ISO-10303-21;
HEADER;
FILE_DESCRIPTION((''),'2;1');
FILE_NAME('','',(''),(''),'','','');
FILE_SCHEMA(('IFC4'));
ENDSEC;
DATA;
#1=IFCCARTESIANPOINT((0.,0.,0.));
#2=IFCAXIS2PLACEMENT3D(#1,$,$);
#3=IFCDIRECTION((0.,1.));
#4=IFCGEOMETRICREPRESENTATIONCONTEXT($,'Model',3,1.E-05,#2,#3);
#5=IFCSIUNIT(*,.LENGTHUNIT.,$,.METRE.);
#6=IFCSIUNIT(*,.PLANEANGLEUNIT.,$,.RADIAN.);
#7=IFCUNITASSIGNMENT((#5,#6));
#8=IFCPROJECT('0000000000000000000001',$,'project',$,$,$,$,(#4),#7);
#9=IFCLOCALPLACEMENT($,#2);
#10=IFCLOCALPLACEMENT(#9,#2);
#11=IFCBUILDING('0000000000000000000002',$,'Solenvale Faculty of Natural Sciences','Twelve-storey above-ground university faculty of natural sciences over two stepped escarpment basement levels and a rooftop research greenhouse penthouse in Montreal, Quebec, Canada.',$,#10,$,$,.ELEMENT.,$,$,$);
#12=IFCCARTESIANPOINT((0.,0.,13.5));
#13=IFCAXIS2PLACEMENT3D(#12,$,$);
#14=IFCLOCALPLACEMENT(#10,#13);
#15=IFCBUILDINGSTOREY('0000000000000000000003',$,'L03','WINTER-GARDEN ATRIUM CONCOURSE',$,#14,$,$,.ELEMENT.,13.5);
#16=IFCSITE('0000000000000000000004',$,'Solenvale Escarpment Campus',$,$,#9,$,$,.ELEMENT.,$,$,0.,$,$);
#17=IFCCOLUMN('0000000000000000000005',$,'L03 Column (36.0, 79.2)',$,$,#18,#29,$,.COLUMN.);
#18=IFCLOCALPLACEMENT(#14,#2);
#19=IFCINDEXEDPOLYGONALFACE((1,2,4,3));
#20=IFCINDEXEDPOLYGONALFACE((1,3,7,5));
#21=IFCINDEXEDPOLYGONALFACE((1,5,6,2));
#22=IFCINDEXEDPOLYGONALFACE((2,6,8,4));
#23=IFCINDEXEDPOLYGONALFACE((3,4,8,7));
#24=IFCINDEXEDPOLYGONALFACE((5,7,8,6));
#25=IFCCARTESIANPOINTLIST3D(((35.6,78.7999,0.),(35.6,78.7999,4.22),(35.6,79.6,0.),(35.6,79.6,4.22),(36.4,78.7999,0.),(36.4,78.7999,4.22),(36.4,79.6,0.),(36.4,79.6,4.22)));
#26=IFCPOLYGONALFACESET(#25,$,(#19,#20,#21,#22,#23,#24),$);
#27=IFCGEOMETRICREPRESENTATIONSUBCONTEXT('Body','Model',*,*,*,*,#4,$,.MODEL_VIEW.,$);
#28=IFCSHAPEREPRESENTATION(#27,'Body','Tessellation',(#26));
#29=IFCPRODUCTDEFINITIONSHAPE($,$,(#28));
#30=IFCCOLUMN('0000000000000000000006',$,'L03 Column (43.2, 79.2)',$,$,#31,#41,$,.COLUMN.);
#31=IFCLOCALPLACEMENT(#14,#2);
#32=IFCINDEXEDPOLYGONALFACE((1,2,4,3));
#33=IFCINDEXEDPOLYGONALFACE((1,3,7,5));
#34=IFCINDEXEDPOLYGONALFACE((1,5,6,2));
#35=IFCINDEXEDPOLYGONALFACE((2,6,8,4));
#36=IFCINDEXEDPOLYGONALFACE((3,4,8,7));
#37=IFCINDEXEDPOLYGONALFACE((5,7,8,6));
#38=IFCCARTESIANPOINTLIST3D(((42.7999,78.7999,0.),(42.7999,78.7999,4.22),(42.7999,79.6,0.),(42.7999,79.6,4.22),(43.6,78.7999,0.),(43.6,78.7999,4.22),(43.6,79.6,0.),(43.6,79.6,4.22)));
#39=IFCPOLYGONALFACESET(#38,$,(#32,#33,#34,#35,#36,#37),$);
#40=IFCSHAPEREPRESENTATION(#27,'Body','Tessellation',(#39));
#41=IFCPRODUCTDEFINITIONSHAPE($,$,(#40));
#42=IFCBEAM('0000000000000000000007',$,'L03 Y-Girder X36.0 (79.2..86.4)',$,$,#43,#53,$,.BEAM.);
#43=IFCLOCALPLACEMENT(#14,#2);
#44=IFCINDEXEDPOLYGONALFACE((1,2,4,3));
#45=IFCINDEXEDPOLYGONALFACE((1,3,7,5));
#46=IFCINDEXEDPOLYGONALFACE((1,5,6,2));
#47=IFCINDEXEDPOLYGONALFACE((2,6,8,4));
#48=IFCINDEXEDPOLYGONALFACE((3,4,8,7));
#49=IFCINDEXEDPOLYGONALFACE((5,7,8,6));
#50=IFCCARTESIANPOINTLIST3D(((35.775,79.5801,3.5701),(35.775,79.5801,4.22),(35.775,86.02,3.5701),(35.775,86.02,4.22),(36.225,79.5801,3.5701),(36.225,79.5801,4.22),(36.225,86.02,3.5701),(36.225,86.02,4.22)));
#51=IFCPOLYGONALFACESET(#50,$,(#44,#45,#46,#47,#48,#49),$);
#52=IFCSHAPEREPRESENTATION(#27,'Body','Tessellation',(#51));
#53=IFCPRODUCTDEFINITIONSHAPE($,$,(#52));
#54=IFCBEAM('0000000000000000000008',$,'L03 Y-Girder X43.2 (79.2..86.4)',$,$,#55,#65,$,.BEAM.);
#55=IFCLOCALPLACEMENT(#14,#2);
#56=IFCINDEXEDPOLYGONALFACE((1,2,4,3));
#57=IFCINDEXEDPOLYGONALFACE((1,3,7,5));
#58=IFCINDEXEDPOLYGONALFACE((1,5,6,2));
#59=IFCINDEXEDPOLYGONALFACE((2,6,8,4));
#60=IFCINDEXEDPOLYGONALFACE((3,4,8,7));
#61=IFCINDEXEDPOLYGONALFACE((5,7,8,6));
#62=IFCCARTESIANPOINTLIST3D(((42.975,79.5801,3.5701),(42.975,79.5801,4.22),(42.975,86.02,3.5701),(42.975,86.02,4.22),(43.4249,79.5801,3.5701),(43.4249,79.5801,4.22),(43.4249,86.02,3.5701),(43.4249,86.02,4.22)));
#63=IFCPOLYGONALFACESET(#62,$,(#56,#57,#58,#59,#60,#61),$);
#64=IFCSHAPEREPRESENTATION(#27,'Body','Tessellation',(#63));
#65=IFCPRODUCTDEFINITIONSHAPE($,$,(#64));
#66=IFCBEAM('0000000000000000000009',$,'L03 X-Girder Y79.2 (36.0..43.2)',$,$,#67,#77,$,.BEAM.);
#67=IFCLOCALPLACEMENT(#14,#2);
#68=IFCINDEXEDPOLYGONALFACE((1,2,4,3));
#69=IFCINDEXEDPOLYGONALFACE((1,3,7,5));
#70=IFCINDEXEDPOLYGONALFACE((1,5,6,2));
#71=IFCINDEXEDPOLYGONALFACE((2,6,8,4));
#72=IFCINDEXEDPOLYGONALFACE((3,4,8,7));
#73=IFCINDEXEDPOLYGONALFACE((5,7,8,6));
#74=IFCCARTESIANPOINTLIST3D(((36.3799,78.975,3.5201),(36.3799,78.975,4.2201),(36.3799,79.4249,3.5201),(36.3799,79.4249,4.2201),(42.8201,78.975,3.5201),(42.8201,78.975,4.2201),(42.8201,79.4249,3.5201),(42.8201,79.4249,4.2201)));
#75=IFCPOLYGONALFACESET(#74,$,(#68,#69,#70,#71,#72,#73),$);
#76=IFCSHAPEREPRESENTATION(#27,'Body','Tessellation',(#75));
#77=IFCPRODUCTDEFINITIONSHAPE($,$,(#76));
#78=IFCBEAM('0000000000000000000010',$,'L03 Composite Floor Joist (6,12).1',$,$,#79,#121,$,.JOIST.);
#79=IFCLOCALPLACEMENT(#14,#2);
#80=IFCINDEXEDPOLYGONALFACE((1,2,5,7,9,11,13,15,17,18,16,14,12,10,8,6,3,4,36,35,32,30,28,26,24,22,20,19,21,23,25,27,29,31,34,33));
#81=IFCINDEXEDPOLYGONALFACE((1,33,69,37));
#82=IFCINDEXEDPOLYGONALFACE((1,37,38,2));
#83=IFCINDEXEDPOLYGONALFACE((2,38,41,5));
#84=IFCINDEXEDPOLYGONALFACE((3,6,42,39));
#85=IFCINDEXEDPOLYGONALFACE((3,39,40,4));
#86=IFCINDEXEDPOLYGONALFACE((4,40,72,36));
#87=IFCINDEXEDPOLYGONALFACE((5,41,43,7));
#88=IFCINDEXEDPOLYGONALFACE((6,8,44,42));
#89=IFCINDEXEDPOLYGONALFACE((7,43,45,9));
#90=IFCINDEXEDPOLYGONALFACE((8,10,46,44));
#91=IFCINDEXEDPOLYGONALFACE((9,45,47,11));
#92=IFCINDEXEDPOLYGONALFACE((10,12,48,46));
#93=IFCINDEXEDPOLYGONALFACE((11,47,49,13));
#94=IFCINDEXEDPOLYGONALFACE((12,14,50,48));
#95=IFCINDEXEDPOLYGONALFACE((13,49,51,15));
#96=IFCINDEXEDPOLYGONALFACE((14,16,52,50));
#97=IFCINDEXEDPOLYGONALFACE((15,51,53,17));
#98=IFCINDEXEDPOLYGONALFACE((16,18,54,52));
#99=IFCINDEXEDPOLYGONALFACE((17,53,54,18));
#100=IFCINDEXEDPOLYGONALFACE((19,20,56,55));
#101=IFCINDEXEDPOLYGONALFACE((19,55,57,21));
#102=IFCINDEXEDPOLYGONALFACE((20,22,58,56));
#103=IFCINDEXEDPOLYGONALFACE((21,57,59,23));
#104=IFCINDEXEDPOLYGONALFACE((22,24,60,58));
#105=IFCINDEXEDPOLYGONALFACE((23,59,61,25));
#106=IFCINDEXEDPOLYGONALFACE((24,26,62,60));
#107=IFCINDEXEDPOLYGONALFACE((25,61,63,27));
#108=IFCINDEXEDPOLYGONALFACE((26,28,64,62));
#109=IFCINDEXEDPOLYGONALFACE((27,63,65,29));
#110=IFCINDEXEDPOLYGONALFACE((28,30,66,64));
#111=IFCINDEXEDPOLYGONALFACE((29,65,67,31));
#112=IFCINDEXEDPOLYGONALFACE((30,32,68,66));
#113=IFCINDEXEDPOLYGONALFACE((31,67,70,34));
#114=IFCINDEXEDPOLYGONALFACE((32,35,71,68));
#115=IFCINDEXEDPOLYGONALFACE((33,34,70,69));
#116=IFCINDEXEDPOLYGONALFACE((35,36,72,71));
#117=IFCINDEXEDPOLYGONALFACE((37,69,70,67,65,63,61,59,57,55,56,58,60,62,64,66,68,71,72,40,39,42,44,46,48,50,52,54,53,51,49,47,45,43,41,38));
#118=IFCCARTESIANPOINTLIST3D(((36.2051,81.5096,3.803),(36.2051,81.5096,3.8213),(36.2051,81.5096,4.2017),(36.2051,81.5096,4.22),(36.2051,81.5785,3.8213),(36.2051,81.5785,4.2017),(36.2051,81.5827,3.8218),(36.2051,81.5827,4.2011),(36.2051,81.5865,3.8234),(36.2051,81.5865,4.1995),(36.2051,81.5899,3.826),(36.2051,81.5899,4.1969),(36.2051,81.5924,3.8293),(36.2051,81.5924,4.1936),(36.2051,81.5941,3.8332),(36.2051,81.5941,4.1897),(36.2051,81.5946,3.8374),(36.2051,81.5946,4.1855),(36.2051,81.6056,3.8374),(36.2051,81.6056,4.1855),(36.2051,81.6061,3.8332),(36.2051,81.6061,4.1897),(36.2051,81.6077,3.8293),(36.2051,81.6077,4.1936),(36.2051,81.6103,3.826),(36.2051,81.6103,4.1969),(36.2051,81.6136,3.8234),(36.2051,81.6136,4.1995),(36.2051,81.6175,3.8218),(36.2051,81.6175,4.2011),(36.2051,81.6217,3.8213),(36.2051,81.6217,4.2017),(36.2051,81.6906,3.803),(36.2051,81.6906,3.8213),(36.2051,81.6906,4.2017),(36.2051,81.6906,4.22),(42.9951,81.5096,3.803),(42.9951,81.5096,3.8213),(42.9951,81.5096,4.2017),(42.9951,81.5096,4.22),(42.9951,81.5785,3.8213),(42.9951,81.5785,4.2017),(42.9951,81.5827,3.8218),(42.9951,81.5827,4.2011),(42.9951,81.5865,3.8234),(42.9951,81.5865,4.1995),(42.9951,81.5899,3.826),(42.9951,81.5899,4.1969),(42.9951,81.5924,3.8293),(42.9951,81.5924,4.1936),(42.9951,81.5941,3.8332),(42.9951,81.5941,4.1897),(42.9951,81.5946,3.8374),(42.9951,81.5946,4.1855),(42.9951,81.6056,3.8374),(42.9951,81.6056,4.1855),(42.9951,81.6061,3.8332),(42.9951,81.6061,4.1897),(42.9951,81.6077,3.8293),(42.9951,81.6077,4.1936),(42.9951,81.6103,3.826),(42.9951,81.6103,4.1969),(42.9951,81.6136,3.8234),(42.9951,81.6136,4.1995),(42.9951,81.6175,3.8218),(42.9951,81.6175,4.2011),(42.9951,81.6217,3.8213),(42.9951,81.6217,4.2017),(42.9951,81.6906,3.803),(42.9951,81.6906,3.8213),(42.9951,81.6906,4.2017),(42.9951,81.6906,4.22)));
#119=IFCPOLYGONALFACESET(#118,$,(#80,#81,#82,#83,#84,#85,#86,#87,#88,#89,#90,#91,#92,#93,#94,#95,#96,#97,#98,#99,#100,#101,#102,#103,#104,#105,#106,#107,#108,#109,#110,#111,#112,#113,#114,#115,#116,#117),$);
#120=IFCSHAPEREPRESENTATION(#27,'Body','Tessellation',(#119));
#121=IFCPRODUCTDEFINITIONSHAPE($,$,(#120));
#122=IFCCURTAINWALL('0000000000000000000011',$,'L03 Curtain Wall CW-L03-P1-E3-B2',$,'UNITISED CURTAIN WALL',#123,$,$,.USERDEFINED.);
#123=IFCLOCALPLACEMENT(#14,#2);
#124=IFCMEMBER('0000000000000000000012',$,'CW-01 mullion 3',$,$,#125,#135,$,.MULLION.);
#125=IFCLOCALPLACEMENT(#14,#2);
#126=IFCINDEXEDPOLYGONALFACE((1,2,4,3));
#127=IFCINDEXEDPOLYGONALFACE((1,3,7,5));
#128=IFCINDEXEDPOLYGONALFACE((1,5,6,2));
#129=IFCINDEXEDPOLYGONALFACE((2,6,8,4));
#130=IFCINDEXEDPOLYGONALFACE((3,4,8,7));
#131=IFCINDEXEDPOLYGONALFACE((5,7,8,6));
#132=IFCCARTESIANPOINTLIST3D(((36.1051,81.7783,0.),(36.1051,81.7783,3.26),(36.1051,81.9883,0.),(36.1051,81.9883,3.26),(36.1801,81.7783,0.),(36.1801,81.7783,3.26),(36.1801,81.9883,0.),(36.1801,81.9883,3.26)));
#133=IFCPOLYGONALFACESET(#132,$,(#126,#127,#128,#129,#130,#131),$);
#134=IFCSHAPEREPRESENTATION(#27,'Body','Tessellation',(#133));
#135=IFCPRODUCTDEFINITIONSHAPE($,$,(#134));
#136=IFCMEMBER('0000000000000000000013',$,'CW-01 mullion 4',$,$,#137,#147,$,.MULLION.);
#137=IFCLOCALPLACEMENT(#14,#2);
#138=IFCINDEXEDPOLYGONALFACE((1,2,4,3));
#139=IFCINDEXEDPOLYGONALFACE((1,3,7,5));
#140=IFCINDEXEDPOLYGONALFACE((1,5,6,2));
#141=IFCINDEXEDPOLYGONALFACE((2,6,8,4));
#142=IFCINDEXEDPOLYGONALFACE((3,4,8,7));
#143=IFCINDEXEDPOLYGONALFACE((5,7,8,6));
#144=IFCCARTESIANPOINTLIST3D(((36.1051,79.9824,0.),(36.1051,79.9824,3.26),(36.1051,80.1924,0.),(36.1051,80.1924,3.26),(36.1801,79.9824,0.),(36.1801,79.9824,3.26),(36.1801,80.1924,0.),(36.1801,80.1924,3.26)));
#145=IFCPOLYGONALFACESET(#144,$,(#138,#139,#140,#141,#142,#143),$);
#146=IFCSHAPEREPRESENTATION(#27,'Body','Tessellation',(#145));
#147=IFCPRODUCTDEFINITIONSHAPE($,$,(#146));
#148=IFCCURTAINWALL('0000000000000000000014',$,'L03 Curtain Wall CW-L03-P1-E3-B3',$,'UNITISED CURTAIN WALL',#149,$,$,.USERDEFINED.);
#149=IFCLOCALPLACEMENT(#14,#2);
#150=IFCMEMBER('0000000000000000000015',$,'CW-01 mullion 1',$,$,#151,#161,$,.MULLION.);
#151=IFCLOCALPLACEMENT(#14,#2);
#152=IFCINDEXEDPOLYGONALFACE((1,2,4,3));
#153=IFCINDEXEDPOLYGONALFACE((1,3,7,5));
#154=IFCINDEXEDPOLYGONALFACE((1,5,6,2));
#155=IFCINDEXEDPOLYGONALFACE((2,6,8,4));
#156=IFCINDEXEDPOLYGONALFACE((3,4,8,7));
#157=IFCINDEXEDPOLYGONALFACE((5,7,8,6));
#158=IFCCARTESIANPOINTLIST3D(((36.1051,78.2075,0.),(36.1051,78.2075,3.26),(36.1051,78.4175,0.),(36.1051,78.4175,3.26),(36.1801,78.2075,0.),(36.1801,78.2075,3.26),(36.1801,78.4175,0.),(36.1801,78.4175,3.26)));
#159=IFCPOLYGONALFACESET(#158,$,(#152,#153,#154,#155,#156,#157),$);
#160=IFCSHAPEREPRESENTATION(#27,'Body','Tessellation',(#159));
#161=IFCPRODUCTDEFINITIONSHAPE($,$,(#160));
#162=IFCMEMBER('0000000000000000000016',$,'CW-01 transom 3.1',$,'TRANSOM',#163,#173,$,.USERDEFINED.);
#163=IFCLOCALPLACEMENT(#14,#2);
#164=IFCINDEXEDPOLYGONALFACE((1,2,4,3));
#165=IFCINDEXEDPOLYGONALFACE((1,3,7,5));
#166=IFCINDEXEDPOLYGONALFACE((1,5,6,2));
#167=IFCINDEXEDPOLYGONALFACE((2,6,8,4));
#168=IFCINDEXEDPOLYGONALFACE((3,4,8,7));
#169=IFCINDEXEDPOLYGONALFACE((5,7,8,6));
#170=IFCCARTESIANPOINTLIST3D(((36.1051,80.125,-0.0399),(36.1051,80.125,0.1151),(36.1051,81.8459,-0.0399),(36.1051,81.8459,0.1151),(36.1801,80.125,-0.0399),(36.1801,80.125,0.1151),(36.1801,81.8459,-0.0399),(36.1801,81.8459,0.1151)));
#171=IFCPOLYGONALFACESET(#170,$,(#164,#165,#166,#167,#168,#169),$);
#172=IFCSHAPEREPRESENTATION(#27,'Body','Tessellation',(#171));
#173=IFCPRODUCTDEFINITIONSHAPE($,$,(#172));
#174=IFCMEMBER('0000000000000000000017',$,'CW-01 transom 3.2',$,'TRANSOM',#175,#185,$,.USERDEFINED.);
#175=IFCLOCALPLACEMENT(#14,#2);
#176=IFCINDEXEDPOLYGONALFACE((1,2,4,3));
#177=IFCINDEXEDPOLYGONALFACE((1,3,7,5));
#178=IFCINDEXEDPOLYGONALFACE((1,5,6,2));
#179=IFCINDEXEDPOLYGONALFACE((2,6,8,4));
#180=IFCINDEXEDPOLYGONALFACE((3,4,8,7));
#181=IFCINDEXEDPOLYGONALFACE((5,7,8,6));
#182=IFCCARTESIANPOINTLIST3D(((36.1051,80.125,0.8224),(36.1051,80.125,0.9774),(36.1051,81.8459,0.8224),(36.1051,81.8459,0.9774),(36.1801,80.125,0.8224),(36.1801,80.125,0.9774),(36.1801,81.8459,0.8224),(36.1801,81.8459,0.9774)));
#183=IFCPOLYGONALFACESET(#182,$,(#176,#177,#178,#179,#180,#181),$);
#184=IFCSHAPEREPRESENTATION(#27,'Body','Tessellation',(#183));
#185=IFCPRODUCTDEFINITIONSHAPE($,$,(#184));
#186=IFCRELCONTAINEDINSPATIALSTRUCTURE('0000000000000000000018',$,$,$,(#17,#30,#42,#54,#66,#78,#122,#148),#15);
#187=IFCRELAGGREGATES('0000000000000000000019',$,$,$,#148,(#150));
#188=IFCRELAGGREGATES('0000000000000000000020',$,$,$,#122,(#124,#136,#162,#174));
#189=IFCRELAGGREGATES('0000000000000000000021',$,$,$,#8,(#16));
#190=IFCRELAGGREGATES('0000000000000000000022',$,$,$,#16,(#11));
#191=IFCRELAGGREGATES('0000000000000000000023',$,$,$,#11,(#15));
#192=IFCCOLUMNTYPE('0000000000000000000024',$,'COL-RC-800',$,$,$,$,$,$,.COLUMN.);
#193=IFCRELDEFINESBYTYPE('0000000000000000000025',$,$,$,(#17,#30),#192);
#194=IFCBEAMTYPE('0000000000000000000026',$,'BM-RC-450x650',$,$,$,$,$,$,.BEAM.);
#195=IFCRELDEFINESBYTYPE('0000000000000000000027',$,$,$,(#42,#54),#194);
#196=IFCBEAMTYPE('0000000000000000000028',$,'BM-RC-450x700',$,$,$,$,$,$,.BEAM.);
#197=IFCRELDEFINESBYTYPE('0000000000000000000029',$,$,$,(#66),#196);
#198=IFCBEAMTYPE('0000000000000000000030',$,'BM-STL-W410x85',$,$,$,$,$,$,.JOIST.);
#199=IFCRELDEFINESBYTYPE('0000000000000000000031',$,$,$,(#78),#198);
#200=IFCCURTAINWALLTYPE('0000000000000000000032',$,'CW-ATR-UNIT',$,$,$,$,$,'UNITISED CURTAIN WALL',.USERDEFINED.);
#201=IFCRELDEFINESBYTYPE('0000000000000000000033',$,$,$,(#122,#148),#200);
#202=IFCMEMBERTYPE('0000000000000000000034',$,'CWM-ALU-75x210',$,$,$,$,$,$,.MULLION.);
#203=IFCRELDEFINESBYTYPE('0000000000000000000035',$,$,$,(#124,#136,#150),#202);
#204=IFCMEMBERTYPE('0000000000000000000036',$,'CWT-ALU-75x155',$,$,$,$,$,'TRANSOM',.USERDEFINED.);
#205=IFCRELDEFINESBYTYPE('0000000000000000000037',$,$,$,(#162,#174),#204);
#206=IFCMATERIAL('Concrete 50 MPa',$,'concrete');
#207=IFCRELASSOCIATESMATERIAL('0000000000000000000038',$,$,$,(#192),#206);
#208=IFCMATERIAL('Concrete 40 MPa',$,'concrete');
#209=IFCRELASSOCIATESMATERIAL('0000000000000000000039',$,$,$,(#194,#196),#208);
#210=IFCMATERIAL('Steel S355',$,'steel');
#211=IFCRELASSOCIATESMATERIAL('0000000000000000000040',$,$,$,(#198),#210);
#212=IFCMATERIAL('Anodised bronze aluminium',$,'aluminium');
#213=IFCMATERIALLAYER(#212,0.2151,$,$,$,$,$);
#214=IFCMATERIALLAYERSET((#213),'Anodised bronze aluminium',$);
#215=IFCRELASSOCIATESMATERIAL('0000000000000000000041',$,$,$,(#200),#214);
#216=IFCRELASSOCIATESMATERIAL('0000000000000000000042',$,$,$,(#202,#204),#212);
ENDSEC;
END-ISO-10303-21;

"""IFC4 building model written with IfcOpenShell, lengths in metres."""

from ifc_helpers import new_model, si_unit, direction, frame, origin, origin_2d, place, context, subcontext, project, spatial, rectangle, i_section, extrude, material, layer, layer_set, material_profile, profile_set, type_object, element, aggregate, save


model = new_model("IFC4")

# Units and contexts
model_context = context("Model", 3, precision=1e-05, world=origin(), true_north=direction((0.0, 1.0)))
body_context = subcontext(model_context, "Body", "Model", "MODEL_VIEW")
ifc_project = project(units=[si_unit("LENGTHUNIT", "METRE"), si_unit("PLANEANGLEUNIT", "RADIAN")], contexts=[model_context])

# Site, building, storey
site_placement = place(None, origin())
site = spatial("IfcSite", under=ifc_project, at=site_placement, Name="Solenvale Escarpment Campus", CompositionType="ELEMENT", RefElevation=0.0)
building_placement = place(site_placement, origin())
building = spatial("IfcBuilding", under=site, at=building_placement, Name="Solenvale Faculty of Natural Sciences", Description="Twelve-storey above-ground university faculty of natural sciences over two stepped escarpment basement levels and a rooftop research greenhouse penthouse in Montreal, Quebec, Canada.", CompositionType="ELEMENT")
storey_placement = place(building_placement, frame((0.0, 0.0, 13.5)))
storey = spatial("IfcBuildingStorey", under=building, at=storey_placement, Name="L03", Description="WINTER-GARDEN ATRIUM CONCOURSE", CompositionType="ELEMENT", Elevation=13.5)

# Columns
ifc_material_1 = material(Name="Concrete 50 MPa", Category="concrete")
ifc_material_profile_1 = material_profile(ifc_material_1, rectangle(XDim=0.8, YDim=0.8, at=origin_2d()), Name="RC-COL-800x800")
ifc_profile_set_1 = profile_set([ifc_material_profile_1], Name="Concrete 50 MPa")
column_type = type_object("IfcColumnType", Name="COL-RC-800", PredefinedType="COLUMN", material=ifc_profile_set_1)
for number, where, z_axis, x_axis, name in (
    (1, (36.0, 79.2, 0.0), (0.0, 0.0, 1.0), (1.0, 0.0, 0.0), "L03 Column (36.0, 79.2)"),
    (2, (43.2, 79.2, 0.0), (0.0, 0.0, 1.0), (1.0, 0.0, 0.0), "L03 Column (43.2, 79.2)"),
):
    element("IfcColumn", number, at=place(storey_placement, frame(where, z_axis=z_axis, x_axis=x_axis)), inside=storey, type_object=column_type, Name=name, PredefinedType="COLUMN", context=body_context, shape_type="SweptSolid", body=[
        extrude(rectangle(XDim=0.8, YDim=0.8, at=origin_2d()), origin(), (0.0, 0.0, 1.0), 4.22),
    ])

# Beams
ifc_material_2 = material(Name="Concrete 40 MPa", Category="concrete")
ifc_material_profile_2 = material_profile(ifc_material_2, rectangle(XDim=0.45, YDim=0.6499, at=origin_2d()), Name="RC-BM-450x650")
ifc_profile_set_2 = profile_set([ifc_material_profile_2], Name="Concrete 40 MPa")
beam_type_1 = type_object("IfcBeamType", Name="BM-RC-450x650", PredefinedType="BEAM", material=ifc_profile_set_2)
for number, where, z_axis, x_axis, name in (
    (3, (36.0, 79.5801, 3.895), (0.0, 1.0, 0.0), (-1.0, 0.0, 0.0), "L03 Y-Girder X36.0 (79.2..86.4)"),
    (4, (43.2, 79.5801, 3.895), (0.0, 1.0, 0.0), (-1.0, 0.0, 0.0), "L03 Y-Girder X43.2 (79.2..86.4)"),
):
    element("IfcBeam", number, at=place(storey_placement, frame(where, z_axis=z_axis, x_axis=x_axis)), inside=storey, type_object=beam_type_1, Name=name, PredefinedType="BEAM", context=body_context, shape_type="SweptSolid", body=[
        extrude(rectangle(XDim=0.45, YDim=0.6499, at=origin_2d()), origin(), (0.0, 0.0, 1.0), 6.4399),
    ])
ifc_material_profile_3 = material_profile(ifc_material_2, rectangle(XDim=0.45, YDim=0.7, at=origin_2d()), Name="RC-BM-450x700")
ifc_profile_set_3 = profile_set([ifc_material_profile_3], Name="Concrete 40 MPa")
beam_type_2 = type_object("IfcBeamType", Name="BM-RC-450x700", PredefinedType="BEAM", material=ifc_profile_set_3)
beam_1_placement = place(storey_placement, frame((36.3799, 79.2, 3.8701), z_axis=(1.0, 0.0, 0.0), x_axis=(0.0, 1.0, 0.0)))
element("IfcBeam", 5, at=beam_1_placement, inside=storey, type_object=beam_type_2, Name="L03 X-Girder Y79.2 (36.0..43.2)", PredefinedType="BEAM", context=body_context, shape_type="SweptSolid", body=[
    extrude(rectangle(XDim=0.45, YDim=0.7, at=origin_2d()), origin(), (0.0, 0.0, 1.0), 6.4402),
])
ifc_material_3 = material(Name="Steel S355", Category="steel")
ifc_material_profile_4 = material_profile(ifc_material_3, i_section(OverallWidth=0.1809, OverallDepth=0.417, WebThickness=0.011, FlangeThickness=0.0183, FilletRadius=0.0161, at=origin_2d()), Name="W410x85")
ifc_profile_set_4 = profile_set([ifc_material_profile_4], Name="Steel S355")
beam_type_3 = type_object("IfcBeamType", Name="BM-STL-W410x85", PredefinedType="JOIST", material=ifc_profile_set_4)
beam_2_placement = place(storey_placement, frame((36.2051, 81.6001, 4.0115), z_axis=(1.0, 0.0, 0.0), x_axis=(0.0, 1.0, 0.0)))
element("IfcBeam", 6, at=beam_2_placement, inside=storey, type_object=beam_type_3, Name="L03 Composite Floor Joist (6,12).1", PredefinedType="JOIST", context=body_context, shape_type="SweptSolid", body=[
    extrude(i_section(OverallWidth=0.1809, OverallDepth=0.417, WebThickness=0.011, FlangeThickness=0.0183, FilletRadius=0.0161, at=origin_2d()), origin(), (0.0, 0.0, 1.0), 6.79),
])

# Curtain wall, members
ifc_material_4 = material(Name="Anodised bronze aluminium", Category="aluminium")
ifc_layer_1 = layer(ifc_material_4, 0.2151)
ifc_layer_set_1 = layer_set([ifc_layer_1], Name="Anodised bronze aluminium")
curtain_wall_type = type_object("IfcCurtainWallType", Name="CW-ATR-UNIT", ElementType="UNITISED CURTAIN WALL", PredefinedType="USERDEFINED", material=ifc_layer_set_1)
curtain_wall_1_placement = place(storey_placement, origin())
curtain_wall_1 = element("IfcCurtainWall", 7, at=curtain_wall_1_placement, inside=storey, type_object=curtain_wall_type, Name="L03 Curtain Wall CW-L03-P1-E3-B2", ObjectType="UNITISED CURTAIN WALL", PredefinedType="USERDEFINED")
ifc_material_profile_5 = material_profile(ifc_material_4, rectangle(XDim=0.075, YDim=0.21, at=origin_2d()), Name="ALU-MUL-75x210")
ifc_profile_set_5 = profile_set([ifc_material_profile_5], Name="Anodised bronze aluminium")
member_type_1 = type_object("IfcMemberType", Name="CWM-ALU-75x210", PredefinedType="MULLION", material=ifc_profile_set_5)
member_1_placement = place(storey_placement, frame((36.1426, 81.8833, 0.0), z_axis=(0.0, 0.0, 1.0), x_axis=(1.0, 0.0, 0.0)))
member_1 = element("IfcMember", 8, at=member_1_placement, type_object=member_type_1, Name="CW-01 mullion 3", PredefinedType="MULLION", context=body_context, shape_type="SweptSolid", body=[
    extrude(rectangle(XDim=0.075, YDim=0.21, at=origin_2d()), origin(), (0.0, 0.0, 1.0), 3.26),
])
member_2_placement = place(storey_placement, frame((36.1426, 80.0874, 0.0), z_axis=(0.0, 0.0, 1.0), x_axis=(1.0, 0.0, 0.0)))
member_2 = element("IfcMember", 9, at=member_2_placement, type_object=member_type_1, Name="CW-01 mullion 4", PredefinedType="MULLION", context=body_context, shape_type="SweptSolid", body=[
    extrude(rectangle(XDim=0.075, YDim=0.21, at=origin_2d()), origin(), (0.0, 0.0, 1.0), 3.26),
])

# Curtain wall, member
curtain_wall_2_placement = place(storey_placement, origin())
curtain_wall_2 = element("IfcCurtainWall", 10, at=curtain_wall_2_placement, inside=storey, type_object=curtain_wall_type, Name="L03 Curtain Wall CW-L03-P1-E3-B3", ObjectType="UNITISED CURTAIN WALL", PredefinedType="USERDEFINED")
member_3_placement = place(storey_placement, frame((36.1426, 78.3125, 0.0), z_axis=(0.0, 0.0, 1.0), x_axis=(1.0, 0.0, 0.0)))
member_3 = element("IfcMember", 11, at=member_3_placement, type_object=member_type_1, Name="CW-01 mullion 1", PredefinedType="MULLION", context=body_context, shape_type="SweptSolid", body=[
    extrude(rectangle(XDim=0.075, YDim=0.21, at=origin_2d()), origin(), (0.0, 0.0, 1.0), 3.26),
])

# Members
ifc_material_profile_6 = material_profile(ifc_material_4, rectangle(XDim=0.075, YDim=0.155, at=origin_2d()), Name="ALU-TRN-75x155")
ifc_profile_set_6 = profile_set([ifc_material_profile_6], Name="Anodised bronze aluminium")
member_type_2 = type_object("IfcMemberType", Name="CWT-ALU-75x155", ElementType="TRANSOM", PredefinedType="USERDEFINED", material=ifc_profile_set_6)
member_4_placement = place(storey_placement, frame((36.1426, 81.8459, 0.0376), z_axis=(0.0, -1.0, 0.0), x_axis=(1.0, 0.0, 0.0)))
member_4 = element("IfcMember", 12, at=member_4_placement, type_object=member_type_2, Name="CW-01 transom 3.1", ObjectType="TRANSOM", PredefinedType="USERDEFINED", context=body_context, shape_type="SweptSolid", body=[
    extrude(rectangle(XDim=0.075, YDim=0.155, at=origin_2d()), origin(), (0.0, 0.0, 1.0), 1.7209),
])
member_5_placement = place(storey_placement, frame((36.1426, 81.8459, 0.8999), z_axis=(0.0, -1.0, 0.0), x_axis=(1.0, 0.0, 0.0)))
member_5 = element("IfcMember", 13, at=member_5_placement, type_object=member_type_2, Name="CW-01 transom 3.2", ObjectType="TRANSOM", PredefinedType="USERDEFINED", context=body_context, shape_type="SweptSolid", body=[
    extrude(rectangle(XDim=0.075, YDim=0.155, at=origin_2d()), origin(), (0.0, 0.0, 1.0), 1.7209),
])
aggregate(curtain_wall_2, [member_3])

aggregate(curtain_wall_1, [member_1, member_2, member_4, member_5])

save(model, "model.ifc")
